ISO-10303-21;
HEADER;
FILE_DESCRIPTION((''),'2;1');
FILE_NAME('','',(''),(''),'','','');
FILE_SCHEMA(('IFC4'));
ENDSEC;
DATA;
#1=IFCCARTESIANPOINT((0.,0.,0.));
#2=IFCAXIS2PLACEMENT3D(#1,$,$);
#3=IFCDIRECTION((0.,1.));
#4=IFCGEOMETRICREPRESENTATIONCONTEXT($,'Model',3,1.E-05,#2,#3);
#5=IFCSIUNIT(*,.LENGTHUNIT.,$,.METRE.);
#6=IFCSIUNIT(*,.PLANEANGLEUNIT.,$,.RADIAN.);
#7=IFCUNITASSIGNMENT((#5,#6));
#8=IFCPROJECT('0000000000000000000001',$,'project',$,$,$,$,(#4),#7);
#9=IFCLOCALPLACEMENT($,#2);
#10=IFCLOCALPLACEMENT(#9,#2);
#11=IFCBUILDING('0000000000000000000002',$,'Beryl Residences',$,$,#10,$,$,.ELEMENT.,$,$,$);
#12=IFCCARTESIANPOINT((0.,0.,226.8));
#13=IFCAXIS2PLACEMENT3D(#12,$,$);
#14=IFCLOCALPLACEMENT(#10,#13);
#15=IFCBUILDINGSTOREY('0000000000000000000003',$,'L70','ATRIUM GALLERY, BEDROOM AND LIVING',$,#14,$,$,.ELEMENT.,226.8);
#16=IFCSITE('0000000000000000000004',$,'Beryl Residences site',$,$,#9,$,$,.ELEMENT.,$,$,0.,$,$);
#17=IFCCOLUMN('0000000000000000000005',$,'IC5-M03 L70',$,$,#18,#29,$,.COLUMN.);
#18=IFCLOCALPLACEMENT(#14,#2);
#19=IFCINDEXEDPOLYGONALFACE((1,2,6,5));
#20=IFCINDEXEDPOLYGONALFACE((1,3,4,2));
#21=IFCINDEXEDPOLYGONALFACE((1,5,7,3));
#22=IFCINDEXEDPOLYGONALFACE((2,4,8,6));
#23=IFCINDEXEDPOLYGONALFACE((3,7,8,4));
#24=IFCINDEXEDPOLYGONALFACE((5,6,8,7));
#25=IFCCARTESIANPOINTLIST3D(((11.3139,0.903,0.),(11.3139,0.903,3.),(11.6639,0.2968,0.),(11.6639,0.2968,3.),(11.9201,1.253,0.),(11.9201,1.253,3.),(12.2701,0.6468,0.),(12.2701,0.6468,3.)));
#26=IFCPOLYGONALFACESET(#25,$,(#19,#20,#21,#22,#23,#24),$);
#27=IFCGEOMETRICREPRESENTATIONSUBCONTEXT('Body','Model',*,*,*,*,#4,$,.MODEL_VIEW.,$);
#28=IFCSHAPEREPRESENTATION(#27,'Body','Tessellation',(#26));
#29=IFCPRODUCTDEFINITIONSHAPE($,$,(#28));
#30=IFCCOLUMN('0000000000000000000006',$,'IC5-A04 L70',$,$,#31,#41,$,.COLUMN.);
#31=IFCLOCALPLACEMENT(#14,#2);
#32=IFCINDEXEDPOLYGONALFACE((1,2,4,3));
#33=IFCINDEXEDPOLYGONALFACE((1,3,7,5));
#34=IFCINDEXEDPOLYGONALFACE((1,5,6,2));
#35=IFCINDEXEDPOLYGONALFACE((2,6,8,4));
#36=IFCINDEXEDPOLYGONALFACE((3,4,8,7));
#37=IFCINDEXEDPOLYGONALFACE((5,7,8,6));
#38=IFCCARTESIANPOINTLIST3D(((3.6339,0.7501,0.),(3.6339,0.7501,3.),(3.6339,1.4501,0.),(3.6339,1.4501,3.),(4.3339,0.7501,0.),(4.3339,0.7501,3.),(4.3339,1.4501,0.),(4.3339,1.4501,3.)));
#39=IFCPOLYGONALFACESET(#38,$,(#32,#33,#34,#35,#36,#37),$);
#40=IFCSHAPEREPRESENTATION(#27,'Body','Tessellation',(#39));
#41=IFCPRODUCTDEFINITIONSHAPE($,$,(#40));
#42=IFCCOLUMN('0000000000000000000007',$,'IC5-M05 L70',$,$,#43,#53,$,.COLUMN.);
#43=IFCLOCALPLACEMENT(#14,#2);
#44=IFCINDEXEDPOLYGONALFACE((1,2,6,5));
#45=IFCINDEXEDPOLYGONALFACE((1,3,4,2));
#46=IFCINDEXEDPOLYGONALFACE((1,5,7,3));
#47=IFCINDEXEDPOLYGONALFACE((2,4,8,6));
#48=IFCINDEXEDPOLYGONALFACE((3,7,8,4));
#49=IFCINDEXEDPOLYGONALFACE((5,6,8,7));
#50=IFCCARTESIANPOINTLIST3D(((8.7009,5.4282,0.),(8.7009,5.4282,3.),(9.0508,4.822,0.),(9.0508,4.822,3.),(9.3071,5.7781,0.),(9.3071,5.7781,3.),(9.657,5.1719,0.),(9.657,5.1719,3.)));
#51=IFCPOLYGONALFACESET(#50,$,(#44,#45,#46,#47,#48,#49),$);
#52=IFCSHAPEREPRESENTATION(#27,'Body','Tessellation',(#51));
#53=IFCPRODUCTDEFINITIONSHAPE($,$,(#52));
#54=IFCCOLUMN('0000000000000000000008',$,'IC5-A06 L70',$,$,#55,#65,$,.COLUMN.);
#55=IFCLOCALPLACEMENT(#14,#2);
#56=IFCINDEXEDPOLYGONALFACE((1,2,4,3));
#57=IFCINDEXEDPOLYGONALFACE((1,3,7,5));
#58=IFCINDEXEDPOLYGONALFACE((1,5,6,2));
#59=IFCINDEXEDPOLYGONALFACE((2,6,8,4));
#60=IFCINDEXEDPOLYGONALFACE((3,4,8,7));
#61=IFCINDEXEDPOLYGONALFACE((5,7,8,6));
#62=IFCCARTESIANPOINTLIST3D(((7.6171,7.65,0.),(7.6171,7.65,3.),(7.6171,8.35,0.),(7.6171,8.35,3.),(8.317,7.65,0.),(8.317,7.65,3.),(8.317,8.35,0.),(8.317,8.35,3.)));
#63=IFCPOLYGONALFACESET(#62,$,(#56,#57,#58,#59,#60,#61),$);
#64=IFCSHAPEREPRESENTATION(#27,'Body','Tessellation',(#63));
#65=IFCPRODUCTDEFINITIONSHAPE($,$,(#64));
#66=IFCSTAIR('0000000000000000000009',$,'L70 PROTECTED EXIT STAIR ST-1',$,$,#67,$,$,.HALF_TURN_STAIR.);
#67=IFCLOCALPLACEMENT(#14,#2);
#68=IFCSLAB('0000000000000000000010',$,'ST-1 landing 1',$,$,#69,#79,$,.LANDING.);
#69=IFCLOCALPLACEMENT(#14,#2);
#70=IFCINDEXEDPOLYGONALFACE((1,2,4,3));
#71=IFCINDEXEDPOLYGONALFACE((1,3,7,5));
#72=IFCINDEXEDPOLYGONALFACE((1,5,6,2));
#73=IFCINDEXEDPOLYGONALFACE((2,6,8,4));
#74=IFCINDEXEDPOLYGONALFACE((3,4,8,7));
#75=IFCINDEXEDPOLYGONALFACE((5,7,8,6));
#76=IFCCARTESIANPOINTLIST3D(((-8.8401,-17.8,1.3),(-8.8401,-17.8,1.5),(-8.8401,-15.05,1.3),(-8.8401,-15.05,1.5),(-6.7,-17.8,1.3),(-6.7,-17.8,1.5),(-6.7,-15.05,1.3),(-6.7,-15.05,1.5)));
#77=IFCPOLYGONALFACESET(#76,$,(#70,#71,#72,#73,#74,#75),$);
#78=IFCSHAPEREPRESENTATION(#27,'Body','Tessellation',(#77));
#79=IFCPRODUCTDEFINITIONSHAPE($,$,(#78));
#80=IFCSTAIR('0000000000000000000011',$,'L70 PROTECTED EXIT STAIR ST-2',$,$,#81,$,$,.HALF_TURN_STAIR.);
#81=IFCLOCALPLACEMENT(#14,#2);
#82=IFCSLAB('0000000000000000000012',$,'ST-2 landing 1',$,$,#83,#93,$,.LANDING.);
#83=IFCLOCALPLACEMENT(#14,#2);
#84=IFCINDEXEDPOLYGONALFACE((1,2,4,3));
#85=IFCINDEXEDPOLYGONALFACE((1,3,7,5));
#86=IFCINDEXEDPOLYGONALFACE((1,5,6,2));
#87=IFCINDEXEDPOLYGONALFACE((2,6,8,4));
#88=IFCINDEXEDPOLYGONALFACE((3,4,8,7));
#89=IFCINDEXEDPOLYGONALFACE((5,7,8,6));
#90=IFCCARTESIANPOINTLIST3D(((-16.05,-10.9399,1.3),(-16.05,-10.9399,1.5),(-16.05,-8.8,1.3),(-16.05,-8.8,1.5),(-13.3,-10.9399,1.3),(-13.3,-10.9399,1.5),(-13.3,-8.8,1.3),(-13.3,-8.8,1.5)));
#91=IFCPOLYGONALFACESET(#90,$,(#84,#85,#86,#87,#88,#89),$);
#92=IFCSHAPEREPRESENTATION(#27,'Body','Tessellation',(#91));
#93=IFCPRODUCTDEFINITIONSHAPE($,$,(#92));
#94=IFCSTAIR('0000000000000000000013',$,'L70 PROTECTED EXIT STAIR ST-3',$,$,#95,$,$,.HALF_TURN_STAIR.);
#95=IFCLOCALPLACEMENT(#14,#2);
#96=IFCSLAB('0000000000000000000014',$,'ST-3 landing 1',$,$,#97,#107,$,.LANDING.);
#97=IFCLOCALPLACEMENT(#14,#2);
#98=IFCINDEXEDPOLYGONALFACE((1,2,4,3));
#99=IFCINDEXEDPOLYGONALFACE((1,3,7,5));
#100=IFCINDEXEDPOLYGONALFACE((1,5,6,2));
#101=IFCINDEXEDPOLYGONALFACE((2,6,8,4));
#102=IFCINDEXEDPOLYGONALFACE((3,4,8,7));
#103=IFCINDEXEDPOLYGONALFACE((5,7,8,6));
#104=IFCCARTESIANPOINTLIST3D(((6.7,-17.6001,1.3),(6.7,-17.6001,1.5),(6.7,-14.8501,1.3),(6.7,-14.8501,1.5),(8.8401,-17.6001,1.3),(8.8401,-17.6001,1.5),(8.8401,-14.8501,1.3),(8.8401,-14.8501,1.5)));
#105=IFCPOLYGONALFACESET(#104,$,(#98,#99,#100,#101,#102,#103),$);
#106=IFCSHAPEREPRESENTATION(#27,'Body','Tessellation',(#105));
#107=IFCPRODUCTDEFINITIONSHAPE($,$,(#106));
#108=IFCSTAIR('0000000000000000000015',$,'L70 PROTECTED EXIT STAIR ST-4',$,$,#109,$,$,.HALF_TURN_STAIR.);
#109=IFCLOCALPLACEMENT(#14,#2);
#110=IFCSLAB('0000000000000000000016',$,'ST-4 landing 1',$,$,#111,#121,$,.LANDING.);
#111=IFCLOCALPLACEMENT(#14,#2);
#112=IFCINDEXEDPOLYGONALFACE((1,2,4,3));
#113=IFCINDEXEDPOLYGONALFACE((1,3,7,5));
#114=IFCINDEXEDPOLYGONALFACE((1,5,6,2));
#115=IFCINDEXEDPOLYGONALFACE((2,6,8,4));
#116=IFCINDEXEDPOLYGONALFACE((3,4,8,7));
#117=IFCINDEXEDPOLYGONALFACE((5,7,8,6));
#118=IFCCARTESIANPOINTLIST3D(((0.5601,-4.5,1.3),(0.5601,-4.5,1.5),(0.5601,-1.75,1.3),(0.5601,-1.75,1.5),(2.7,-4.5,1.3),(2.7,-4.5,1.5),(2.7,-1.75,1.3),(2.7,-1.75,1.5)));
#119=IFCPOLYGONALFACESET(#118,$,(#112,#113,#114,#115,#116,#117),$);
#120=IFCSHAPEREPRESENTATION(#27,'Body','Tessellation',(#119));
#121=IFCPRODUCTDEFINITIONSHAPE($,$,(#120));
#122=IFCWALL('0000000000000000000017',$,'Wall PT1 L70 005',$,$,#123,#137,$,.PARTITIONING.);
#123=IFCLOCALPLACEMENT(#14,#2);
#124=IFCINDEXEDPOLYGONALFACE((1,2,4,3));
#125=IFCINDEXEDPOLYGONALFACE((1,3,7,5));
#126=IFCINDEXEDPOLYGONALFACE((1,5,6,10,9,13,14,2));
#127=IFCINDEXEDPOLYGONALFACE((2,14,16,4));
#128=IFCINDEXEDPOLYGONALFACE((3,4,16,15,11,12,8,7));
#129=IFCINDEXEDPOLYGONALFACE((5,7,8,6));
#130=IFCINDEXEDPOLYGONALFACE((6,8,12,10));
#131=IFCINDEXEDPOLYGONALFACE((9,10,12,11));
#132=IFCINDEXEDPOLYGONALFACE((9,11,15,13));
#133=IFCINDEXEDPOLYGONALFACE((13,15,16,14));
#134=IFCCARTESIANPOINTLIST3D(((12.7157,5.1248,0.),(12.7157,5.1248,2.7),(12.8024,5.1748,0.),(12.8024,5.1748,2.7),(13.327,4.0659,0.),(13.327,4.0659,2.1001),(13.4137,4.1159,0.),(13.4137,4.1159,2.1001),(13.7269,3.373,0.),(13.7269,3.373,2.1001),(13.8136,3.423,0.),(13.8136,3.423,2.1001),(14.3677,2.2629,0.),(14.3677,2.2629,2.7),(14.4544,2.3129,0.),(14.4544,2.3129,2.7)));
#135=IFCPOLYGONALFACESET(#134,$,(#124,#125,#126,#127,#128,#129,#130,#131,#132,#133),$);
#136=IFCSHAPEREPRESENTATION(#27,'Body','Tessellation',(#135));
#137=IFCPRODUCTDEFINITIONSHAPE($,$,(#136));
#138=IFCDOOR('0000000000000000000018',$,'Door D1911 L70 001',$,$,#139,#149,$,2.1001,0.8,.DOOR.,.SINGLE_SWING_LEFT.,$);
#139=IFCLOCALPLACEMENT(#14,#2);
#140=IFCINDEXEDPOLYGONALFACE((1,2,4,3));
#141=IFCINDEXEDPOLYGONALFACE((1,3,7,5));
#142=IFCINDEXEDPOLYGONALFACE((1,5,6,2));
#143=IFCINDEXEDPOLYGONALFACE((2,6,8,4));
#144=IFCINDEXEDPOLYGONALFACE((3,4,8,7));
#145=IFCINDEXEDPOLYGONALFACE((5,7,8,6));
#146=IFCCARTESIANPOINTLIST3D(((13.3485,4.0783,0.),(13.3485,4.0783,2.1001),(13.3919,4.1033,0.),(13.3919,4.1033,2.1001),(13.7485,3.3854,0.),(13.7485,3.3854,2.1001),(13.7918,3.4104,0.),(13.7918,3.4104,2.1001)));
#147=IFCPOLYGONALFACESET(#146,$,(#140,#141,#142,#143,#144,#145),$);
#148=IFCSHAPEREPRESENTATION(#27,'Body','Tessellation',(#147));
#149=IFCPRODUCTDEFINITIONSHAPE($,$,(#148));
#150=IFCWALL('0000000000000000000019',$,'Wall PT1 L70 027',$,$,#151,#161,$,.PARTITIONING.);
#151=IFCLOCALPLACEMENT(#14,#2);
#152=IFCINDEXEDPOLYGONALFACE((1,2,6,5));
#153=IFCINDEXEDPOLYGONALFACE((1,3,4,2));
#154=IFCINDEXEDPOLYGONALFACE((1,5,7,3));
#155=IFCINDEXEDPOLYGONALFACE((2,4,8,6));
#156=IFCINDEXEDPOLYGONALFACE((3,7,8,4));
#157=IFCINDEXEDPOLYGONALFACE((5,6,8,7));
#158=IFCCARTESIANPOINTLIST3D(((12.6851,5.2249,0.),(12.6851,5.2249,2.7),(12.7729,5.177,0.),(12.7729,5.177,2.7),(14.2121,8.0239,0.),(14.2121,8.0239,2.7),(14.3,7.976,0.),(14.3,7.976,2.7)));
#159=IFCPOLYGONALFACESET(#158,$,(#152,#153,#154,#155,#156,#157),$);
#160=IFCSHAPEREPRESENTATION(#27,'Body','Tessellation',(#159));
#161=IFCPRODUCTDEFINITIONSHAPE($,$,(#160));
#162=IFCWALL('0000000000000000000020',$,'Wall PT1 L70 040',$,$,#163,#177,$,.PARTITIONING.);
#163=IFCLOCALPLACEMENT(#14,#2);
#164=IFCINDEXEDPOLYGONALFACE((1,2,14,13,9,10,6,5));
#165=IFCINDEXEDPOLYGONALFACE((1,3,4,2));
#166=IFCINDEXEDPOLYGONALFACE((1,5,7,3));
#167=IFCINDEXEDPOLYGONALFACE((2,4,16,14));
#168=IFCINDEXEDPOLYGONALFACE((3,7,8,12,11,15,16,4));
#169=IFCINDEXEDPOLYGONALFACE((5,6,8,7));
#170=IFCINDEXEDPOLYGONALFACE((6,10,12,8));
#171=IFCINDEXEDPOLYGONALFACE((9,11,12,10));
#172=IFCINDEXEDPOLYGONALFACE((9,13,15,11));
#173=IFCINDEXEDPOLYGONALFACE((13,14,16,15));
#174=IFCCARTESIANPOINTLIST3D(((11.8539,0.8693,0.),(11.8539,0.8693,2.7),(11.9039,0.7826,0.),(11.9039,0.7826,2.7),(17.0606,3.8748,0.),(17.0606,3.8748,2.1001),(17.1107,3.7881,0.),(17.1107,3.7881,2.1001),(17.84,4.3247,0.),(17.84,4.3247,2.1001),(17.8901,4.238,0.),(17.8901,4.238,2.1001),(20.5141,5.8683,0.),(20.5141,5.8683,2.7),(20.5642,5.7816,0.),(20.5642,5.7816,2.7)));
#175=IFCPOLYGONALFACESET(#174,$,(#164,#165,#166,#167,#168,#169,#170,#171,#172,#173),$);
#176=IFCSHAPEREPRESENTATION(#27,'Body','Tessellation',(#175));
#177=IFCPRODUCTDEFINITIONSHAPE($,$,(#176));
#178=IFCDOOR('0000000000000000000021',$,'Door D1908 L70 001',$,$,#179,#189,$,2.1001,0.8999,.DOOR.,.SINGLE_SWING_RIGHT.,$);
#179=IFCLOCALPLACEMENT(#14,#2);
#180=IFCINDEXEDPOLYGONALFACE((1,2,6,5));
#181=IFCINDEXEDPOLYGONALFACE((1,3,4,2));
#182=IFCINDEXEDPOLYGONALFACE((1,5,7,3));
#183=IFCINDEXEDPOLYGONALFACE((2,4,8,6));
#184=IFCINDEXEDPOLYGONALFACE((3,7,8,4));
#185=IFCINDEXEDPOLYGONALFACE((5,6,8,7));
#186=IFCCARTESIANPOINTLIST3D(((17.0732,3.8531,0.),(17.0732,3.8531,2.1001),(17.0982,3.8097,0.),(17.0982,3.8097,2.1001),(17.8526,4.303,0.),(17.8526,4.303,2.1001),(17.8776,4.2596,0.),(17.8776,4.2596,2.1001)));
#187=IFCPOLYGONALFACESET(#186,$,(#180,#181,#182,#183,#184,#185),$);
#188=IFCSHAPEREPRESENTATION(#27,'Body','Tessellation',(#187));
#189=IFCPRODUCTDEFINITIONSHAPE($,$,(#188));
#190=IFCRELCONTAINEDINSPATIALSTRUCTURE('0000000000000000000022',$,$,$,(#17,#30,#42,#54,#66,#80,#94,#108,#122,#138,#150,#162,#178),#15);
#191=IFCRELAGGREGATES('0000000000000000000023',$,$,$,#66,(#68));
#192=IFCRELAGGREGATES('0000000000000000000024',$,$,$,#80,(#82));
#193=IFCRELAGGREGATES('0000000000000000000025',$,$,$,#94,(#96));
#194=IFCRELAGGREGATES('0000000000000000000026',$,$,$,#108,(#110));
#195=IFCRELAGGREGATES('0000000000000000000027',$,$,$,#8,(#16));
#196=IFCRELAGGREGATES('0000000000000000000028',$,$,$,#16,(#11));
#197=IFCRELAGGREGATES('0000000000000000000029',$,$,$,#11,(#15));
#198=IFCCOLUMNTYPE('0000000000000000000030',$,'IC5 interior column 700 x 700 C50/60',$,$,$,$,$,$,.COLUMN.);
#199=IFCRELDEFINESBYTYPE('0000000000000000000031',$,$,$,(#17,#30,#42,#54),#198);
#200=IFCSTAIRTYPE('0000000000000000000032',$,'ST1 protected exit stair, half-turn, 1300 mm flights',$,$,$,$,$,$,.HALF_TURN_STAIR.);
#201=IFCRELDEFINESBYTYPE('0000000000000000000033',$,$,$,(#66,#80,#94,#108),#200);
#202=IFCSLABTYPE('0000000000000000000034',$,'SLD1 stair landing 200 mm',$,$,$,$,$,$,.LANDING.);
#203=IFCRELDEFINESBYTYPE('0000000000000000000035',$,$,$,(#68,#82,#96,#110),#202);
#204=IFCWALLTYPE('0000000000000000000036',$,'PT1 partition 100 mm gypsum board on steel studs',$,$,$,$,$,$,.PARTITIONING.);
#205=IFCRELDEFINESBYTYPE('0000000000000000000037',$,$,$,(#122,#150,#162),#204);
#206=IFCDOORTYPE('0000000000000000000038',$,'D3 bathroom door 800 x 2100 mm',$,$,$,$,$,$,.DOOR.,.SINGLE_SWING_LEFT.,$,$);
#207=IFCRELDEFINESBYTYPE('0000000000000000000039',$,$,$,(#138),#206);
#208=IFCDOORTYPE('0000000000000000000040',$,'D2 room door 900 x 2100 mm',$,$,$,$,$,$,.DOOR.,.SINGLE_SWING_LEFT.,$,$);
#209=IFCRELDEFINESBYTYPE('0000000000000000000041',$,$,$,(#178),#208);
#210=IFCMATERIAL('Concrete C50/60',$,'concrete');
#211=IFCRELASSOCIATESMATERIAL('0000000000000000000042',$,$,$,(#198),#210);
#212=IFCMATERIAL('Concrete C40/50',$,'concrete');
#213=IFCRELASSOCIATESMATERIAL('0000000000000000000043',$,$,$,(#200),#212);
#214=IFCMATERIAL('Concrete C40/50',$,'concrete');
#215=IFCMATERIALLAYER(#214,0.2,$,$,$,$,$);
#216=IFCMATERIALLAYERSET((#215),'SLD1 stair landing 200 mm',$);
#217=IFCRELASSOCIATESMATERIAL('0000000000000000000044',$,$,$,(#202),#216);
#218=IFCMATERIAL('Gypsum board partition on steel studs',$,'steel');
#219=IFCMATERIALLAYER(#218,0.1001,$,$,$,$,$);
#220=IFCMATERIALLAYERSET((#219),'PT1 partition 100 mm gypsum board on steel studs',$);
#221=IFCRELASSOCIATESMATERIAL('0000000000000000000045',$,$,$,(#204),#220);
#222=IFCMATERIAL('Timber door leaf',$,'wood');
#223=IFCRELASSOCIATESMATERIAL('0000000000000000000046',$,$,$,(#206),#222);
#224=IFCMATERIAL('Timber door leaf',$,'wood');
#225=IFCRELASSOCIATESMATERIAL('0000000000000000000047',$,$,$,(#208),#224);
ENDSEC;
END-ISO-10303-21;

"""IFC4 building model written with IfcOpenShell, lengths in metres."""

from ifc_helpers import new_model, si_unit, direction, frame, frame_2d, origin, origin_2d, place, context, subcontext, project, spatial, polyline, rectangle, outline, extrude, material, layer, layer_set, material_profile, profile_set, type_object, element, fill, aggregate, save


model = new_model("IFC4")

# Units and contexts
model_context = context("Model", 3, precision=1e-05, world=origin(), true_north=direction((0.0, 1.0)))
body_context = subcontext(model_context, "Body", "Model", "MODEL_VIEW")
ifc_project = project(units=[si_unit("LENGTHUNIT", "METRE"), si_unit("PLANEANGLEUNIT", "RADIAN")], contexts=[model_context])

# Site, building, storey
site_placement = place(None, origin())
site = spatial("IfcSite", under=ifc_project, at=site_placement, Name="Beryl Residences site", CompositionType="ELEMENT", RefElevation=0.0)
building_placement = place(site_placement, origin())
building = spatial("IfcBuilding", under=site, at=building_placement, Name="Beryl Residences", CompositionType="ELEMENT")
storey_placement = place(building_placement, frame((0.0, 0.0, 226.8)))
storey = spatial("IfcBuildingStorey", under=building, at=storey_placement, Name="L70", Description="ATRIUM GALLERY, BEDROOM AND LIVING", CompositionType="ELEMENT", Elevation=226.8)

# Columns
ifc_material_1 = material(Name="Concrete C50/60", Category="concrete")
ifc_material_profile = material_profile(ifc_material_1, rectangle(XDim=0.7, YDim=0.7, at=origin_2d()))
ifc_profile_set = profile_set([ifc_material_profile], Name="Concrete C50/60")
column_type = type_object("IfcColumnType", Name="IC5 interior column 700 x 700 C50/60", PredefinedType="COLUMN", material=ifc_profile_set)
for number, where, z_axis, x_axis, name in (
    (1, (11.792, 0.7749, 0.0), (0.0, 0.0, 1.0), (-0.49997, 0.866043, 0.0), "IC5-M03 L70"),
    (2, (3.9839, 1.1001, 0.0), (0.0, 0.0, 1.0), (1.0, 0.0, 0.0), "IC5-A04 L70"),
    (3, (9.179, 5.3, 0.0), (0.0, 0.0, 1.0), (-0.49997, 0.866043, 0.0), "IC5-M05 L70"),
    (4, (7.967, 8.0, 0.0), (0.0, 0.0, 1.0), (1.0, 0.0, 0.0), "IC5-A06 L70"),
):
    element("IfcColumn", number, at=place(storey_placement, frame(where, z_axis=z_axis, x_axis=x_axis)), inside=storey, type_object=column_type, Name=name, PredefinedType="COLUMN", context=body_context, shape_type="SweptSolid", body=[
        extrude(rectangle(XDim=0.7, YDim=0.7, at=origin_2d()), origin(), (0.0, 0.0, 1.0), 3.0),
    ])

# Stairs, slabs
ifc_material_2 = material(Name="Concrete C40/50", Category="concrete")
stair_type = type_object("IfcStairType", Name="ST1 protected exit stair, half-turn, 1300 mm flights", PredefinedType="HALF_TURN_STAIR", material=ifc_material_2)
stair_1_placement = place(storey_placement, origin())
stair_1 = element("IfcStair", 5, at=stair_1_placement, inside=storey, type_object=stair_type, Name="L70 PROTECTED EXIT STAIR ST-1", PredefinedType="HALF_TURN_STAIR")
ifc_material_3 = material(Name="Concrete C40/50", Category="concrete")
ifc_layer_1 = layer(ifc_material_3, 0.2)
ifc_layer_set_1 = layer_set([ifc_layer_1], Name="SLD1 stair landing 200 mm")
slab_type_1 = type_object("IfcSlabType", Name="SLD1 stair landing 200 mm", PredefinedType="LANDING", material=ifc_layer_set_1)
slab_1_placement = place(storey_placement, frame((0.0, 0.0, 1.3)))
slab_1 = element("IfcSlab", 6, at=slab_1_placement, type_object=slab_type_1, Name="ST-1 landing 1", PredefinedType="LANDING", context=body_context, shape_type="SweptSolid", body=[
    extrude(outline(polyline([(-8.8401, -17.8), (-6.7, -17.8), (-6.7, -15.05), (-8.8401, -15.05), (-8.8401, -17.8)])), origin(), (0.0, 0.0, 1.0), 0.2),
])
aggregate(stair_1, [slab_1])
stair_2_placement = place(storey_placement, origin())
stair_2 = element("IfcStair", 7, at=stair_2_placement, inside=storey, type_object=stair_type, Name="L70 PROTECTED EXIT STAIR ST-2", PredefinedType="HALF_TURN_STAIR")
slab_2_placement = place(storey_placement, frame((0.0, 0.0, 1.3)))
slab_2 = element("IfcSlab", 8, at=slab_2_placement, type_object=slab_type_1, Name="ST-2 landing 1", PredefinedType="LANDING", context=body_context, shape_type="SweptSolid", body=[
    extrude(outline(polyline([(-13.3, -10.9399), (-13.3, -8.8), (-16.05, -8.8), (-16.05, -10.9399), (-13.3, -10.9399)])), origin(), (0.0, 0.0, 1.0), 0.2),
])
aggregate(stair_2, [slab_2])
stair_3_placement = place(storey_placement, origin())
stair_3 = element("IfcStair", 9, at=stair_3_placement, inside=storey, type_object=stair_type, Name="L70 PROTECTED EXIT STAIR ST-3", PredefinedType="HALF_TURN_STAIR")
slab_3_placement = place(storey_placement, frame((0.0, 0.0, 1.3)))
slab_3 = element("IfcSlab", 10, at=slab_3_placement, type_object=slab_type_1, Name="ST-3 landing 1", PredefinedType="LANDING", context=body_context, shape_type="SweptSolid", body=[
    extrude(outline(polyline([(8.8401, -14.8501), (6.7, -14.8501), (6.7, -17.6001), (8.8401, -17.6001), (8.8401, -14.8501)])), origin(), (0.0, 0.0, 1.0), 0.2),
])
aggregate(stair_3, [slab_3])
stair_4_placement = place(storey_placement, origin())
stair_4 = element("IfcStair", 11, at=stair_4_placement, inside=storey, type_object=stair_type, Name="L70 PROTECTED EXIT STAIR ST-4", PredefinedType="HALF_TURN_STAIR")
slab_4_placement = place(storey_placement, frame((0.0, 0.0, 1.3)))
slab_4 = element("IfcSlab", 12, at=slab_4_placement, type_object=slab_type_1, Name="ST-4 landing 1", PredefinedType="LANDING", context=body_context, shape_type="SweptSolid", body=[
    extrude(outline(polyline([(0.5601, -4.5), (2.7, -4.5), (2.7, -1.75), (0.5601, -1.75), (0.5601, -4.5)])), origin(), (0.0, 0.0, 1.0), 0.2),
])
aggregate(stair_4, [slab_4])

# Wall, opening, door
ifc_material_4 = material(Name="Gypsum board partition on steel studs", Category="steel")
ifc_layer_2 = layer(ifc_material_4, 0.1001)
ifc_layer_set_2 = layer_set([ifc_layer_2], Name="PT1 partition 100 mm gypsum board on steel studs")
wall_type_1 = type_object("IfcWallType", Name="PT1 partition 100 mm gypsum board on steel studs", PredefinedType="PARTITIONING", material=ifc_layer_set_2)
wall_1_placement = place(storey_placement, frame((12.759, 5.1499, 0.0), z_axis=(0.0, 0.0, 1.0), x_axis=(0.499906, -0.86608, 0.0)))
wall_1 = element("IfcWall", 13, at=wall_1_placement, inside=storey, type_object=wall_type_1, Name="Wall PT1 L70 005", PredefinedType="PARTITIONING", context=body_context, shape_type="SweptSolid", body=[
    extrude(rectangle(XDim=3.3044, YDim=0.1001, at=frame_2d((1.6523, 0.0))), origin(), (0.0, 0.0, 1.0), 2.7),
])
opening_1_placement = place(wall_1_placement, frame((1.2229, 0.0, 0.0)))
opening_1 = element("IfcOpeningElement", 14, at=opening_1_placement, cuts=wall_1, PredefinedType="OPENING", context=body_context, shape_type="SweptSolid", body=[
    extrude(rectangle(XDim=0.8, YDim=2.1001, at=frame_2d((0.3999, 1.05))), frame((0.0, 0.0601, 0.0), z_axis=(0.0, -1.0, 0.0), x_axis=(1.0, 0.0, 0.0)), (0.0, 0.0, 1.0), 0.1201),
])
ifc_material_5 = material(Name="Timber door leaf", Category="wood")
door_type_1 = type_object("IfcDoorType", Name="D3 bathroom door 800 x 2100 mm", OperationType="SINGLE_SWING_LEFT", PredefinedType="DOOR", material=ifc_material_5)
door_1_placement = place(opening_1_placement, origin())
door_1 = element("IfcDoor", 15, at=door_1_placement, inside=storey, type_object=door_type_1, Name="Door D1911 L70 001", OperationType="SINGLE_SWING_LEFT", OverallHeight=2.1001, OverallWidth=0.8, PredefinedType="DOOR", context=body_context, shape_type="SweptSolid", body=[
    extrude(rectangle(XDim=0.8, YDim=2.1001, at=frame_2d((0.3999, 1.05))), frame((0.0, 0.0249, 0.0), z_axis=(0.0, -1.0, 0.0), x_axis=(1.0, 0.0, 0.0)), (0.0, 0.0, 1.0), 0.05),
])
fill(opening_1, door_1)

# Wall
wall_2_placement = place(storey_placement, frame((12.729, 5.2009, 0.0), z_axis=(0.0, 0.0, 1.0), x_axis=(0.478933, 0.877852, 0.0)))
element("IfcWall", 16, at=wall_2_placement, inside=storey, type_object=wall_type_1, Name="Wall PT1 L70 027", PredefinedType="PARTITIONING", context=body_context, shape_type="SweptSolid", body=[
    extrude(rectangle(XDim=3.1885, YDim=0.1001, at=frame_2d((1.5942, 0.0))), origin(), (0.0, 0.0, 1.0), 2.7),
])

# Wall, opening, door
wall_3_placement = place(storey_placement, frame((11.8789, 0.8259, 0.0), z_axis=(0.0, 0.0, 1.0), x_axis=(0.866065, 0.499931, 0.0)))
wall_3 = element("IfcWall", 17, at=wall_3_placement, inside=storey, type_object=wall_type_1, Name="Wall PT1 L70 040", PredefinedType="PARTITIONING", context=body_context, shape_type="SweptSolid", body=[
    extrude(rectangle(XDim=9.9995, YDim=0.1001, at=frame_2d((4.9998, 0.0))), origin(), (0.0, 0.0, 1.0), 2.7),
])
opening_2_placement = place(wall_3_placement, frame((6.012, 0.0, 0.0)))
opening_2 = element("IfcOpeningElement", 18, at=opening_2_placement, cuts=wall_3, PredefinedType="OPENING", context=body_context, shape_type="SweptSolid", body=[
    extrude(rectangle(XDim=0.8999, YDim=2.1001, at=frame_2d((0.45, 1.05))), frame((0.0, 0.0601, 0.0), z_axis=(0.0, -1.0, 0.0), x_axis=(1.0, 0.0, 0.0)), (0.0, 0.0, 1.0), 0.1201),
])
ifc_material_6 = material(Name="Timber door leaf", Category="wood")
door_type_2 = type_object("IfcDoorType", Name="D2 room door 900 x 2100 mm", OperationType="SINGLE_SWING_LEFT", PredefinedType="DOOR", material=ifc_material_6)
door_2_placement = place(opening_2_placement, origin())
door_2 = element("IfcDoor", 19, at=door_2_placement, inside=storey, type_object=door_type_2, Name="Door D1908 L70 001", OperationType="SINGLE_SWING_RIGHT", OverallHeight=2.1001, OverallWidth=0.8999, PredefinedType="DOOR", context=body_context, shape_type="SweptSolid", body=[
    extrude(rectangle(XDim=0.8999, YDim=2.1001, at=frame_2d((0.45, 1.05))), frame((0.0, 0.0249, 0.0), z_axis=(0.0, -1.0, 0.0), x_axis=(1.0, 0.0, 0.0)), (0.0, 0.0, 1.0), 0.05),
])
fill(opening_2, door_2)

save(model, "model.ifc")
